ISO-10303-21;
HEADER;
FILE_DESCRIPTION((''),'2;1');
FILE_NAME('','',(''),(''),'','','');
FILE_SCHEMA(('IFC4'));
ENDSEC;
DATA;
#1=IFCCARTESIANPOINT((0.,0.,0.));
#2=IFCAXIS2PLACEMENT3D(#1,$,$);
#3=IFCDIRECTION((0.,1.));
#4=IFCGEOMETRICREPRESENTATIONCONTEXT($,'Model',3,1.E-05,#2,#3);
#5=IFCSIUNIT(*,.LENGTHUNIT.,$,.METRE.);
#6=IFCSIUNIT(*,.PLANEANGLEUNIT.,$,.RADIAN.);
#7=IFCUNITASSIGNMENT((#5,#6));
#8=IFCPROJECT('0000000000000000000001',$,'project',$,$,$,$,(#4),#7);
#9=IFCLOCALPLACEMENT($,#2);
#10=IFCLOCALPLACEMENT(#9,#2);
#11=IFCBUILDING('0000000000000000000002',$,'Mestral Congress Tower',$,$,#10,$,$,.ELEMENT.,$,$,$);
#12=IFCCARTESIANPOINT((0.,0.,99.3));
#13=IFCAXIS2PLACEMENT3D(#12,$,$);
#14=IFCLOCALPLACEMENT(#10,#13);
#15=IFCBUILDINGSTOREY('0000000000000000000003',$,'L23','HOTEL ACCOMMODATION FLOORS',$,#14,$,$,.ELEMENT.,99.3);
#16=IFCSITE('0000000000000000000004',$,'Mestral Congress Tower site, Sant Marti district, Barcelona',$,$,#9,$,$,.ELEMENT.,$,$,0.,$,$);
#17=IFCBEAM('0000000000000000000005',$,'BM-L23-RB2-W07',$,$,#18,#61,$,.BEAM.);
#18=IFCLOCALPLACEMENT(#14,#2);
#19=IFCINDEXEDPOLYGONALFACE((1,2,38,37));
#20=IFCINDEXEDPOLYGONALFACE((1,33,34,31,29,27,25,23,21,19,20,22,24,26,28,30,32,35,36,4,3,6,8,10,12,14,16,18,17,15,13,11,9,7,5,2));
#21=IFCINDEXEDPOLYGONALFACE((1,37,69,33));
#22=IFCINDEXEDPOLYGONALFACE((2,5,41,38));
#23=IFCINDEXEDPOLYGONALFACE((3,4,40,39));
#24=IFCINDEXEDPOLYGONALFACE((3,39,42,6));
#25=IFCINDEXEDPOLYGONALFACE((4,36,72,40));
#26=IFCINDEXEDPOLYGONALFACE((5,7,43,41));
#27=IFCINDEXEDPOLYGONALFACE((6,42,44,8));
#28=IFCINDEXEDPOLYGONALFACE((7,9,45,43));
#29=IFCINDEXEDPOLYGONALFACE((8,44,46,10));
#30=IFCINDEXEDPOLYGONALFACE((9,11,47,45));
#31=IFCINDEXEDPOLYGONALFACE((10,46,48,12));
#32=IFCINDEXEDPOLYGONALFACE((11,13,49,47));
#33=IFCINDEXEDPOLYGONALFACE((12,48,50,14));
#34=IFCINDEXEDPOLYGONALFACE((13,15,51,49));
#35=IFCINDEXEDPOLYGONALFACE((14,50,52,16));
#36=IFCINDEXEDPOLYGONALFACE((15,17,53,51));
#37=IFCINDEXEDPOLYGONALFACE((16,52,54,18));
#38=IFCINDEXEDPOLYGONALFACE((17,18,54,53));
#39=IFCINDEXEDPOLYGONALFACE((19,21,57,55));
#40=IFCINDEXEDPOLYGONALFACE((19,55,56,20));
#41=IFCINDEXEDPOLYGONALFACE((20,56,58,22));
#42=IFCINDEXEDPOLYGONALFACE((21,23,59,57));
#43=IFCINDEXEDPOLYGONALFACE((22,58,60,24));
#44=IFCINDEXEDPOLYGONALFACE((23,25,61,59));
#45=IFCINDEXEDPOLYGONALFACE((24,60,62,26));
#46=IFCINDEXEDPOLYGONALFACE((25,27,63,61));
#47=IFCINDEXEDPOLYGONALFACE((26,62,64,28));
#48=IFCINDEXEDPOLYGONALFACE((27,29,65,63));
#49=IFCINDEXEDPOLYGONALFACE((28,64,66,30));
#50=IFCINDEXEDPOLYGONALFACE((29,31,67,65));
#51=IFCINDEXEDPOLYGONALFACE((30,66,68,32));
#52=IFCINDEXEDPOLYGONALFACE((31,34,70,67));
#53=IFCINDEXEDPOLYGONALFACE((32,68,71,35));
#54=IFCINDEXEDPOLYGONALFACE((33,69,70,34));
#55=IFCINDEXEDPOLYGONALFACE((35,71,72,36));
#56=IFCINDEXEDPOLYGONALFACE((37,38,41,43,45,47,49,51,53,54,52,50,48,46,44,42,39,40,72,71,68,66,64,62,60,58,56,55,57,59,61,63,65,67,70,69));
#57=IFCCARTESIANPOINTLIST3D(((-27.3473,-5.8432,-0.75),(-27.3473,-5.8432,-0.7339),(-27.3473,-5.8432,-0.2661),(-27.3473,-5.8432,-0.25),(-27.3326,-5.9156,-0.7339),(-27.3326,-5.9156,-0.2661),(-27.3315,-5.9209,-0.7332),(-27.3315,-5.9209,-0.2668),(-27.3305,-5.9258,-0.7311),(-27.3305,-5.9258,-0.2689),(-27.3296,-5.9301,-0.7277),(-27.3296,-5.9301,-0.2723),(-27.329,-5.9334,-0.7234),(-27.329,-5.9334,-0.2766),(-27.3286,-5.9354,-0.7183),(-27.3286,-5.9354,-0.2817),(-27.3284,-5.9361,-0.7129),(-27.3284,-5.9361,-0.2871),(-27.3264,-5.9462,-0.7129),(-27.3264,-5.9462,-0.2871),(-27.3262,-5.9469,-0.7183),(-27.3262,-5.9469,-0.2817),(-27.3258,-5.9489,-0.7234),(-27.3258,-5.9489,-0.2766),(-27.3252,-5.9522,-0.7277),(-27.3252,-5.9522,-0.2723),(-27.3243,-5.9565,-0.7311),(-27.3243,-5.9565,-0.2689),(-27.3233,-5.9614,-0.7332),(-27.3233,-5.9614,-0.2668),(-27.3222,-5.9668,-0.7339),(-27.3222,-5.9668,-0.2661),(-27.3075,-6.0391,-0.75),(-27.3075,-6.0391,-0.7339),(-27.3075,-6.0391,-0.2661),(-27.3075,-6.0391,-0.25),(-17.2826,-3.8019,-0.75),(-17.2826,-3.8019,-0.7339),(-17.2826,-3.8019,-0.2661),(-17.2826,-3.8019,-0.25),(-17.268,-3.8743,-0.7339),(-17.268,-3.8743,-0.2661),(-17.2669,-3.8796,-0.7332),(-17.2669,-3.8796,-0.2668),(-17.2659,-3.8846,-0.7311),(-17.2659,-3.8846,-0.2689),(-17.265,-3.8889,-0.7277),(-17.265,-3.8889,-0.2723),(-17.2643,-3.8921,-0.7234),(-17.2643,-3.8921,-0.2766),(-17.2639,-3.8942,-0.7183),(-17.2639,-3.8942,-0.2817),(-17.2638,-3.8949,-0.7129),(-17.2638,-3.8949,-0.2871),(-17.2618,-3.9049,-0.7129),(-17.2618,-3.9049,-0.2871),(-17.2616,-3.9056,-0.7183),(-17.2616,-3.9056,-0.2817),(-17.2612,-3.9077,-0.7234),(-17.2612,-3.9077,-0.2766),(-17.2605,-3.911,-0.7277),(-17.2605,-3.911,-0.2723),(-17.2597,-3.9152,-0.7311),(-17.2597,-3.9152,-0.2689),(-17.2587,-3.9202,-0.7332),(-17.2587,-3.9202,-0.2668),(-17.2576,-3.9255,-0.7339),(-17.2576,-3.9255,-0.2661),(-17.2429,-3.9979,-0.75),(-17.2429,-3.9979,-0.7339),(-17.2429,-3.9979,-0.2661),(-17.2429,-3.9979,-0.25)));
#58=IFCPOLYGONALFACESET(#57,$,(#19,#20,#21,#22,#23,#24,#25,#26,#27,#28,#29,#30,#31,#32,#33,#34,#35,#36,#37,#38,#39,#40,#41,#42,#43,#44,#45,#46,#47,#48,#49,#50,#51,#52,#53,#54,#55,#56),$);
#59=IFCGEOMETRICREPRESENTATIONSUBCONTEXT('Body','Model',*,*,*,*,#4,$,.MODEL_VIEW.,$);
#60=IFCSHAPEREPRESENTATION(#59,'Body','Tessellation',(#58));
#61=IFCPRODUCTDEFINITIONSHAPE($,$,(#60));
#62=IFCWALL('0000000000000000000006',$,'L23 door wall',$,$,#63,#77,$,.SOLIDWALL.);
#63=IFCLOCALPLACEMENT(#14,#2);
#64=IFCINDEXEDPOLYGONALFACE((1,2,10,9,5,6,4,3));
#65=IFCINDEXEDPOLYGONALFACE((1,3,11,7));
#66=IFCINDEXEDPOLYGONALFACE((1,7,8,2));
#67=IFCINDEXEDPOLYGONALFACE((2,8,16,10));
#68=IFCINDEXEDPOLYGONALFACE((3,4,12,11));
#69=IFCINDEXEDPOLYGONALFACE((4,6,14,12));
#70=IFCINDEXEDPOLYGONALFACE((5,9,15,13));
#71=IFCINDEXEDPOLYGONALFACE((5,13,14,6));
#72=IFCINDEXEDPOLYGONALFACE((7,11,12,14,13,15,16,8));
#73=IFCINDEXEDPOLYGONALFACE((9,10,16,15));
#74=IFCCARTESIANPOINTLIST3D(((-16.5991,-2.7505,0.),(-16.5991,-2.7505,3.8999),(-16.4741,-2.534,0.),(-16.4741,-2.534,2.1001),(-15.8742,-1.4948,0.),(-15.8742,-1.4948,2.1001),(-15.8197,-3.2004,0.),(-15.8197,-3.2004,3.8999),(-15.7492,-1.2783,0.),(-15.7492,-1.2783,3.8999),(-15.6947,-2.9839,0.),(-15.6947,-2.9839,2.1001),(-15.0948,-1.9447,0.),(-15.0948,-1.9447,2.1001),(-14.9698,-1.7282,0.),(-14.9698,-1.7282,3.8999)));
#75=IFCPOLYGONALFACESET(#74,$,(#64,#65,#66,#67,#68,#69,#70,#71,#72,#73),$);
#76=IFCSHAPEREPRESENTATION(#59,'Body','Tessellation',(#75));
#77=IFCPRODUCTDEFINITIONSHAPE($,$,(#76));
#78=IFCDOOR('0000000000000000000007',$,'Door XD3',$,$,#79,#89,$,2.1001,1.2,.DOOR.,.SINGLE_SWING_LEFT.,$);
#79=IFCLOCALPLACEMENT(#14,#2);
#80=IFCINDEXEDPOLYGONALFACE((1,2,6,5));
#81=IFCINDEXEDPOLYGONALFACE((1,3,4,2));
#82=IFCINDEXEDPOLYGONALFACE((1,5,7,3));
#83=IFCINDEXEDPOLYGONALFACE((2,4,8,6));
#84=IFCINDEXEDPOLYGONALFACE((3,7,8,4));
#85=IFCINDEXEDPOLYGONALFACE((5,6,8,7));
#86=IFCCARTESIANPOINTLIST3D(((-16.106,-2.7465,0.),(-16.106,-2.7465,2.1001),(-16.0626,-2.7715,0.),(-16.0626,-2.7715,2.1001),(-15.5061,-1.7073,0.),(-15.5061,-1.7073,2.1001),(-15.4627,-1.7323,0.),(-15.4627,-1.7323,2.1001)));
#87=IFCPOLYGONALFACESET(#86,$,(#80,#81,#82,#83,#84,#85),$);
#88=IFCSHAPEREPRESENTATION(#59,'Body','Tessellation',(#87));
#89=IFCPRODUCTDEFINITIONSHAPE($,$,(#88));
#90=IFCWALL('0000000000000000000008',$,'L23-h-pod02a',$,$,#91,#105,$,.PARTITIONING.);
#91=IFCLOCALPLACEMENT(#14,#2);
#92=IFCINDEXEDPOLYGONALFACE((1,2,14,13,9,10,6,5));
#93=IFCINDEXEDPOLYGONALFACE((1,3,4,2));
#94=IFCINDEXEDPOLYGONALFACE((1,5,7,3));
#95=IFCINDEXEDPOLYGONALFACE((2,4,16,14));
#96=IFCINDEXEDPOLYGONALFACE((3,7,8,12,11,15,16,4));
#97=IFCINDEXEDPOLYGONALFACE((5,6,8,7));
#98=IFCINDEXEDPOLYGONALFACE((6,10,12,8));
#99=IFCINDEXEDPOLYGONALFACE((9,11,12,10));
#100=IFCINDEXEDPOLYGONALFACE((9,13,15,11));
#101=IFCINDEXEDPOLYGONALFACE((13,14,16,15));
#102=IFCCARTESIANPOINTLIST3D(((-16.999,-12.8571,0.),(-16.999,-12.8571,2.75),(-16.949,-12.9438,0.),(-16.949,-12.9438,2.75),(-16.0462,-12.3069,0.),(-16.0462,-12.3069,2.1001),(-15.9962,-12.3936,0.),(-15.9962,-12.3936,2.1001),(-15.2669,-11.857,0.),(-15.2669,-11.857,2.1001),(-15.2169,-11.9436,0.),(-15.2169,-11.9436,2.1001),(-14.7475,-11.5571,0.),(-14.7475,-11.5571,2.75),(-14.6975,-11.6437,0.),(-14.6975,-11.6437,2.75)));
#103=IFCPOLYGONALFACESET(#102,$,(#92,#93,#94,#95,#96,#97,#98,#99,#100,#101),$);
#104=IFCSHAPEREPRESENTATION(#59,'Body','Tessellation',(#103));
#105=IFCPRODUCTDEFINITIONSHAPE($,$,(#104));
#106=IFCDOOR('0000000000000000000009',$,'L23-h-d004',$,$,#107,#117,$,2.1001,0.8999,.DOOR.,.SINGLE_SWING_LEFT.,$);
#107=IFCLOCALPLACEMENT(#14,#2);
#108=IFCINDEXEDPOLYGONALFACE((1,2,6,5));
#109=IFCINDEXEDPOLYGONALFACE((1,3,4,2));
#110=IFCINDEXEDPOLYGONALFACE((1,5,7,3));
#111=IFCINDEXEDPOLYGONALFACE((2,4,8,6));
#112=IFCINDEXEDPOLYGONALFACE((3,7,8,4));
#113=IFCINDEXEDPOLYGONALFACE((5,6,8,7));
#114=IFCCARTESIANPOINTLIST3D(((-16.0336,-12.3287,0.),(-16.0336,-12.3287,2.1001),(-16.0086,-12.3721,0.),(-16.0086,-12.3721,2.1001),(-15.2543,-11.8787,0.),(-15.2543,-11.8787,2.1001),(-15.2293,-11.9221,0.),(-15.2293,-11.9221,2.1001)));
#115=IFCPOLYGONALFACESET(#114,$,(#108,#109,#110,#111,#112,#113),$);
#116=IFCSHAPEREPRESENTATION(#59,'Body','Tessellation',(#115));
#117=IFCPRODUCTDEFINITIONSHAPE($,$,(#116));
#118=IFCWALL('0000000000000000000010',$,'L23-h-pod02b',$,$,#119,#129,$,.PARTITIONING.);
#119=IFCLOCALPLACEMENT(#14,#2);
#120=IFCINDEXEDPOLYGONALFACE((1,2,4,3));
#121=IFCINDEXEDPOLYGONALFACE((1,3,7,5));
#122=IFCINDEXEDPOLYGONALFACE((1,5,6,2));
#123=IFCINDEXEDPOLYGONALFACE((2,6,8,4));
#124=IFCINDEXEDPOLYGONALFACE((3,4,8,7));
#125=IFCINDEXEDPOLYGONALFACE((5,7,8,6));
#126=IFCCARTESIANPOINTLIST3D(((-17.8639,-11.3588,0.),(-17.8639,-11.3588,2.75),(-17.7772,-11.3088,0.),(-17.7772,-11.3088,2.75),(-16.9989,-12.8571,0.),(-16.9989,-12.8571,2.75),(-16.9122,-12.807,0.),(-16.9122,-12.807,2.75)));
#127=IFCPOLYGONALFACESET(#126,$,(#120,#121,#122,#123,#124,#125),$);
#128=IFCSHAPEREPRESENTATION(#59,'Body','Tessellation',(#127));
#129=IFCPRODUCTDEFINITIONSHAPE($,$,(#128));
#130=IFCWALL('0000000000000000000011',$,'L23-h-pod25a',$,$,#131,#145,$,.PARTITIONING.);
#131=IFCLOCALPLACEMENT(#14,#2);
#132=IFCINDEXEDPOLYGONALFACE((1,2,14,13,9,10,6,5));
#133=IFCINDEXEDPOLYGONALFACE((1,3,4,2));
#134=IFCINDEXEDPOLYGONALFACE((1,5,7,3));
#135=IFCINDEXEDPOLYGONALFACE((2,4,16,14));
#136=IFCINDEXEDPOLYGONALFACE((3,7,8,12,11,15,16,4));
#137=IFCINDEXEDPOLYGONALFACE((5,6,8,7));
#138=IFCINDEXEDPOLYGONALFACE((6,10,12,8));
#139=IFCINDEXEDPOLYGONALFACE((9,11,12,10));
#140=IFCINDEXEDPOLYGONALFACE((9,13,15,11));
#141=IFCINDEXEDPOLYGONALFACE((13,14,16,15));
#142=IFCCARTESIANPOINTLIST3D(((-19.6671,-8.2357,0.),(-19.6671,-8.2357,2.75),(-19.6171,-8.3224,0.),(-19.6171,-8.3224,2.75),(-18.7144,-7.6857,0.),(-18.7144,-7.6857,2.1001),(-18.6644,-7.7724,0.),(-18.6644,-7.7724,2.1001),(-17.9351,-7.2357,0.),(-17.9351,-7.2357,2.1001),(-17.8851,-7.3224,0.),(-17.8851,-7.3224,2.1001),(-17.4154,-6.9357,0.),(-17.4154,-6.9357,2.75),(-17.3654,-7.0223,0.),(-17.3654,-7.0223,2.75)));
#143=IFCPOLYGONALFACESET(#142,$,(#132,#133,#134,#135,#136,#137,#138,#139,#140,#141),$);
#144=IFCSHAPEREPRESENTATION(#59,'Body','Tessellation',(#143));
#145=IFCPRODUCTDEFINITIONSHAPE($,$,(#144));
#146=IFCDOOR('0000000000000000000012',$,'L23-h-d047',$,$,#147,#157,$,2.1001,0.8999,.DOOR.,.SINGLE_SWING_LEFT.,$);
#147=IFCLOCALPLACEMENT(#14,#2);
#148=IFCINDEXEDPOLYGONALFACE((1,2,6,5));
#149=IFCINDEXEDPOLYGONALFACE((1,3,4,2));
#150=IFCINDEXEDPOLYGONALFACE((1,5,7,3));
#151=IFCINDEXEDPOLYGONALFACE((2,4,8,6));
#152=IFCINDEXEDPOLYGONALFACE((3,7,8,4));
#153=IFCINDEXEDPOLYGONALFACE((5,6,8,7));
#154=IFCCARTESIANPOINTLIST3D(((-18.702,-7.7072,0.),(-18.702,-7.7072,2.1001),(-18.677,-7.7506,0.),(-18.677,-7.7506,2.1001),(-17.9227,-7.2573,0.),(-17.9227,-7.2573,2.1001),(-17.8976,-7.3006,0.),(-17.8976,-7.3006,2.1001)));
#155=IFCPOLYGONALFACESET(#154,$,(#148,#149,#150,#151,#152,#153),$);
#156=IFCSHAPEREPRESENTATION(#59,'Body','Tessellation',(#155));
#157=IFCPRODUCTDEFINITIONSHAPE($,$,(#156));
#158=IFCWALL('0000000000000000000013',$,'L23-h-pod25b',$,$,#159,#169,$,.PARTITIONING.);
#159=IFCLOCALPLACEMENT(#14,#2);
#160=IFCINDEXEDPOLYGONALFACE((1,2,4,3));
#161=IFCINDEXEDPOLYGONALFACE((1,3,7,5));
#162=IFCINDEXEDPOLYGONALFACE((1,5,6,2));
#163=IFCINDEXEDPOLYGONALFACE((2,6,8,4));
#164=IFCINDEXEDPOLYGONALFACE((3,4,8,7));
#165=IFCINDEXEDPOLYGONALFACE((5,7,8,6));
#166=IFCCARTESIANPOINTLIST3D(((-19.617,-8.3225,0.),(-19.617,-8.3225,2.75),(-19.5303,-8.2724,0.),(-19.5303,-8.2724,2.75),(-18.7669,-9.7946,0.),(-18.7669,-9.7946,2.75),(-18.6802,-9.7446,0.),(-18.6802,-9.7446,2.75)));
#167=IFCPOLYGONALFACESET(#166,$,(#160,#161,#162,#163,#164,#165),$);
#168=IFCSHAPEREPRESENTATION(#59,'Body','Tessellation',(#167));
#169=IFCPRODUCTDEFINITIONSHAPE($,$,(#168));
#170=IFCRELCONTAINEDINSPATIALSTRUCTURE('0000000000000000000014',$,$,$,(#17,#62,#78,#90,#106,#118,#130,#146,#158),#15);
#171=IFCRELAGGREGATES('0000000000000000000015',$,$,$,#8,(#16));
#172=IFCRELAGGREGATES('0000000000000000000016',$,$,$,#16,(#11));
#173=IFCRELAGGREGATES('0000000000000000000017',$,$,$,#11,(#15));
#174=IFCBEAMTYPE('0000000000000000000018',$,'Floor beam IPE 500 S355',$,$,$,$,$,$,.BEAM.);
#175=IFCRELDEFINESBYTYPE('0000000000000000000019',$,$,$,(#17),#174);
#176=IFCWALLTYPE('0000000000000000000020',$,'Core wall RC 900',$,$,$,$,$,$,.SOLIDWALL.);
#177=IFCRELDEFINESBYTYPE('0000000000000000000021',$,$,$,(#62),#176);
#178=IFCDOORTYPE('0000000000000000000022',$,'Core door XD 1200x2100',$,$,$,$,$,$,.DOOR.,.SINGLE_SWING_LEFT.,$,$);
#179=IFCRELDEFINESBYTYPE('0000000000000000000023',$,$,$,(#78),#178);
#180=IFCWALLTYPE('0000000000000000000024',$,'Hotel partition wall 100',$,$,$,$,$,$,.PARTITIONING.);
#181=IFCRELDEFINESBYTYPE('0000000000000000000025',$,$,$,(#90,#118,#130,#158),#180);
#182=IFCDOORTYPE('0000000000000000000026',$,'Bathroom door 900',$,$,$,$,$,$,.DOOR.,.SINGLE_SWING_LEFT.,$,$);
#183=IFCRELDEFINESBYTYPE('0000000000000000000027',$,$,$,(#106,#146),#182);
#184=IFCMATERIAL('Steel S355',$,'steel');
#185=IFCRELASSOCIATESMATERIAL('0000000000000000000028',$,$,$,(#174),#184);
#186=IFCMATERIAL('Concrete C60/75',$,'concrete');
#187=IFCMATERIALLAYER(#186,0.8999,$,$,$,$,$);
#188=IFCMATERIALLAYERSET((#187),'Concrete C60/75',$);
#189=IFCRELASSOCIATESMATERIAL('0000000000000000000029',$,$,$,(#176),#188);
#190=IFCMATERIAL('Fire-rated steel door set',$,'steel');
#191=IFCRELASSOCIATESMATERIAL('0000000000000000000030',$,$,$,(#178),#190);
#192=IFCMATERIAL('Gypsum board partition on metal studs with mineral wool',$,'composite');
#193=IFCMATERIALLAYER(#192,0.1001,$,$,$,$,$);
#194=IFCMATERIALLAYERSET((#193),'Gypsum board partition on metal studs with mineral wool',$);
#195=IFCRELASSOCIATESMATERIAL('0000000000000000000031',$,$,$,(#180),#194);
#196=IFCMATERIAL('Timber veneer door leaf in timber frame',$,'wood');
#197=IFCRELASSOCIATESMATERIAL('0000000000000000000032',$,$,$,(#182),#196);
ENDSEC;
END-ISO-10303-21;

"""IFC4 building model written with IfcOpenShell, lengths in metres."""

from ifc_helpers import new_model, si_unit, direction, frame, frame_2d, origin, origin_2d, place, context, subcontext, project, spatial, rectangle, i_section, extrude, material, layer, layer_set, material_profile, profile_set, type_object, element, fill, save


model = new_model("IFC4")

# Units and contexts
model_context = context("Model", 3, precision=1e-05, world=origin(), true_north=direction((0.0, 1.0)))
body_context = subcontext(model_context, "Body", "Model", "MODEL_VIEW")
ifc_project = project(units=[si_unit("LENGTHUNIT", "METRE"), si_unit("PLANEANGLEUNIT", "RADIAN")], contexts=[model_context])

# Site, building, storey
site_placement = place(None, origin())
site = spatial("IfcSite", under=ifc_project, at=site_placement, Name="Mestral Congress Tower site, Sant Marti district, Barcelona", CompositionType="ELEMENT", RefElevation=0.0)
building_placement = place(site_placement, origin())
building = spatial("IfcBuilding", under=site, at=building_placement, Name="Mestral Congress Tower", CompositionType="ELEMENT")
storey_placement = place(building_placement, frame((0.0, 0.0, 99.3)))
storey = spatial("IfcBuildingStorey", under=building, at=storey_placement, Name="L23", Description="HOTEL ACCOMMODATION FLOORS", CompositionType="ELEMENT", Elevation=99.3)

# Beam
ifc_material_1 = material(Name="Steel S355", Category="steel")
ifc_material_profile = material_profile(ifc_material_1, i_section(OverallWidth=0.2, OverallDepth=0.5, WebThickness=0.0103, FlangeThickness=0.0161, FilletRadius=0.021, at=origin_2d()), Name="IPE 500")
ifc_profile_set = profile_set([ifc_material_profile], Name="Steel S355")
beam_type = type_object("IfcBeamType", Name="Floor beam IPE 500 S355", PredefinedType="BEAM", material=ifc_profile_set)
beam_placement = place(storey_placement, frame((-27.3274, -5.9412, -0.5), z_axis=(0.980047, 0.198767, 0.0), x_axis=(-0.198767, 0.980047, 0.0)))
element("IfcBeam", 1, at=beam_placement, inside=storey, type_object=beam_type, Name="BM-L23-RB2-W07", PredefinedType="BEAM", context=body_context, shape_type="SweptSolid", body=[
    extrude(i_section(OverallWidth=0.2, OverallDepth=0.5, WebThickness=0.0103, FlangeThickness=0.0161, FilletRadius=0.021, at=origin_2d()), origin(), (0.0, 0.0, 1.0), 10.2695),
])

# Walls, openings, doors
ifc_material_2 = material(Name="Concrete C60/75", Category="concrete")
ifc_layer_1 = layer(ifc_material_2, 0.8999)
ifc_layer_set_1 = layer_set([ifc_layer_1], Name="Concrete C60/75")
wall_type_1 = type_object("IfcWallType", Name="Core wall RC 900", PredefinedType="SOLIDWALL", material=ifc_layer_set_1)
wall_1_placement = place(storey_placement, frame((-16.2095, -2.9756, 0.0), z_axis=(0.0, 0.0, 1.0), x_axis=(0.499955, 0.866052, 0.0)))
wall_1 = element("IfcWall", 2, at=wall_1_placement, inside=storey, type_object=wall_type_1, Name="L23 door wall", PredefinedType="SOLIDWALL", context=body_context, shape_type="SweptSolid", body=[
    extrude(rectangle(XDim=1.7, YDim=0.8999, at=frame_2d((0.8501, 0.0))), origin(), (0.0, 0.0, 1.0), 3.8999),
])
opening_1_placement = place(wall_1_placement, frame((0.25, 0.0, 0.0)))
opening_1 = element("IfcOpeningElement", 3, at=opening_1_placement, cuts=wall_1, PredefinedType="OPENING", context=body_context, shape_type="SweptSolid", body=[
    extrude(rectangle(XDim=1.2, YDim=2.1001, at=frame_2d((0.6001, 1.05))), frame((0.0, 0.46, 0.0), z_axis=(0.0, -1.0, 0.0), x_axis=(1.0, 0.0, 0.0)), (0.0, 0.0, 1.0), 0.9199),
])
ifc_material_3 = material(Name="Fire-rated steel door set", Category="steel")
door_type_1 = type_object("IfcDoorType", Name="Core door XD 1200x2100", OperationType="SINGLE_SWING_LEFT", PredefinedType="DOOR", material=ifc_material_3)
door_1_placement = place(opening_1_placement, origin())
door_1 = element("IfcDoor", 4, at=door_1_placement, inside=storey, type_object=door_type_1, Name="Door XD3", OperationType="SINGLE_SWING_LEFT", OverallHeight=2.1001, OverallWidth=1.2, PredefinedType="DOOR", context=body_context, shape_type="SweptSolid", body=[
    extrude(rectangle(XDim=1.2, YDim=2.1001, at=frame_2d((0.6001, 1.05))), frame((0.0, 0.0249, 0.0), z_axis=(0.0, -1.0, 0.0), x_axis=(1.0, 0.0, 0.0)), (0.0, 0.0, 1.0), 0.05),
])
fill(opening_1, door_1)
ifc_material_4 = material(Name="Gypsum board partition on metal studs with mineral wool", Category="composite")
ifc_layer_2 = layer(ifc_material_4, 0.1001)
ifc_layer_set_2 = layer_set([ifc_layer_2], Name="Gypsum board partition on metal studs with mineral wool")
wall_type_2 = type_object("IfcWallType", Name="Hotel partition wall 100", PredefinedType="PARTITIONING", material=ifc_layer_set_2)
wall_2_placement = place(storey_placement, frame((-16.9739, -12.9004, 0.0), z_axis=(0.0, 0.0, 1.0), x_axis=(0.865998, 0.500048, 0.0)))
wall_2 = element("IfcWall", 5, at=wall_2_placement, inside=storey, type_object=wall_type_2, Name="L23-h-pod02a", PredefinedType="PARTITIONING", context=body_context, shape_type="SweptSolid", body=[
    extrude(rectangle(XDim=2.5999, YDim=0.1001, at=frame_2d((1.2998, 0.0))), origin(), (0.0, 0.0, 1.0), 2.75),
])
opening_2_placement = place(wall_2_placement, frame((1.1001, 0.0, 0.0)))
opening_2 = element("IfcOpeningElement", 6, at=opening_2_placement, cuts=wall_2, PredefinedType="OPENING", context=body_context, shape_type="SweptSolid", body=[
    extrude(rectangle(XDim=0.8999, YDim=2.1001, at=frame_2d((0.45, 1.05))), frame((0.0, 0.0601, 0.0), z_axis=(0.0, -1.0, 0.0), x_axis=(1.0, 0.0, 0.0)), (0.0, 0.0, 1.0), 0.1201),
])
ifc_material_5 = material(Name="Timber veneer door leaf in timber frame", Category="wood")
door_type_2 = type_object("IfcDoorType", Name="Bathroom door 900", OperationType="SINGLE_SWING_LEFT", PredefinedType="DOOR", material=ifc_material_5)
door_2_placement = place(opening_2_placement, origin())
door_2 = element("IfcDoor", 7, at=door_2_placement, inside=storey, type_object=door_type_2, Name="L23-h-d004", OperationType="SINGLE_SWING_LEFT", OverallHeight=2.1001, OverallWidth=0.8999, PredefinedType="DOOR", context=body_context, shape_type="SweptSolid", body=[
    extrude(rectangle(XDim=0.8999, YDim=2.1001, at=frame_2d((0.45, 1.05))), frame((0.0, 0.0249, 0.0), z_axis=(0.0, -1.0, 0.0), x_axis=(1.0, 0.0, 0.0)), (0.0, 0.0, 1.0), 0.05),
])
fill(opening_2, door_2)

# Wall
wall_3_placement = place(storey_placement, frame((-16.9556, -12.832, 0.0), z_axis=(0.0, 0.0, 1.0), x_axis=(-0.499979, 0.866038, 0.0)))
element("IfcWall", 8, at=wall_3_placement, inside=storey, type_object=wall_type_2, Name="L23-h-pod02b", PredefinedType="PARTITIONING", context=body_context, shape_type="SweptSolid", body=[
    extrude(rectangle(XDim=1.73, YDim=0.1001, at=frame_2d((0.865, 0.0))), origin(), (0.0, 0.0, 1.0), 2.75),
])

# Wall, opening, door
wall_4_placement = place(storey_placement, frame((-17.3904, -6.979, 0.0), z_axis=(0.0, 0.0, 1.0), x_axis=(-0.866021, -0.500007, 0.0)))
wall_4 = element("IfcWall", 9, at=wall_4_placement, inside=storey, type_object=wall_type_2, Name="L23-h-pod25a", PredefinedType="PARTITIONING", context=body_context, shape_type="SweptSolid", body=[
    extrude(rectangle(XDim=2.6001, YDim=0.1001, at=frame_2d((1.3, 0.0))), origin(), (0.0, 0.0, 1.0), 2.75),
])
opening_3_placement = place(wall_4_placement, frame((0.6001, 0.0, 0.0)))
opening_3 = element("IfcOpeningElement", 10, at=opening_3_placement, cuts=wall_4, PredefinedType="OPENING", context=body_context, shape_type="SweptSolid", body=[
    extrude(rectangle(XDim=0.8999, YDim=2.1001, at=frame_2d((0.45, 1.05))), frame((0.0, 0.0601, 0.0), z_axis=(0.0, -1.0, 0.0), x_axis=(1.0, 0.0, 0.0)), (0.0, 0.0, 1.0), 0.1201),
])
door_3_placement = place(opening_3_placement, origin())
door_3 = element("IfcDoor", 11, at=door_3_placement, inside=storey, type_object=door_type_2, Name="L23-h-d047", OperationType="SINGLE_SWING_LEFT", OverallHeight=2.1001, OverallWidth=0.8999, PredefinedType="DOOR", context=body_context, shape_type="SweptSolid", body=[
    extrude(rectangle(XDim=0.8999, YDim=2.1001, at=frame_2d((0.45, 1.05))), frame((0.0, 0.0249, 0.0), z_axis=(0.0, -1.0, 0.0), x_axis=(1.0, 0.0, 0.0)), (0.0, 0.0, 1.0), 0.05),
])
fill(opening_3, door_3)

# Wall
wall_5_placement = place(storey_placement, frame((-19.5737, -8.2974, 0.0), z_axis=(0.0, 0.0, 1.0), x_axis=(0.500062, -0.865989, 0.0)))
element("IfcWall", 12, at=wall_5_placement, inside=storey, type_object=wall_type_2, Name="L23-h-pod25b", PredefinedType="PARTITIONING", context=body_context, shape_type="SweptSolid", body=[
    extrude(rectangle(XDim=1.7, YDim=0.1001, at=frame_2d((0.8501, 0.0))), origin(), (0.0, 0.0, 1.0), 2.75),
])

save(model, "model.ifc")
